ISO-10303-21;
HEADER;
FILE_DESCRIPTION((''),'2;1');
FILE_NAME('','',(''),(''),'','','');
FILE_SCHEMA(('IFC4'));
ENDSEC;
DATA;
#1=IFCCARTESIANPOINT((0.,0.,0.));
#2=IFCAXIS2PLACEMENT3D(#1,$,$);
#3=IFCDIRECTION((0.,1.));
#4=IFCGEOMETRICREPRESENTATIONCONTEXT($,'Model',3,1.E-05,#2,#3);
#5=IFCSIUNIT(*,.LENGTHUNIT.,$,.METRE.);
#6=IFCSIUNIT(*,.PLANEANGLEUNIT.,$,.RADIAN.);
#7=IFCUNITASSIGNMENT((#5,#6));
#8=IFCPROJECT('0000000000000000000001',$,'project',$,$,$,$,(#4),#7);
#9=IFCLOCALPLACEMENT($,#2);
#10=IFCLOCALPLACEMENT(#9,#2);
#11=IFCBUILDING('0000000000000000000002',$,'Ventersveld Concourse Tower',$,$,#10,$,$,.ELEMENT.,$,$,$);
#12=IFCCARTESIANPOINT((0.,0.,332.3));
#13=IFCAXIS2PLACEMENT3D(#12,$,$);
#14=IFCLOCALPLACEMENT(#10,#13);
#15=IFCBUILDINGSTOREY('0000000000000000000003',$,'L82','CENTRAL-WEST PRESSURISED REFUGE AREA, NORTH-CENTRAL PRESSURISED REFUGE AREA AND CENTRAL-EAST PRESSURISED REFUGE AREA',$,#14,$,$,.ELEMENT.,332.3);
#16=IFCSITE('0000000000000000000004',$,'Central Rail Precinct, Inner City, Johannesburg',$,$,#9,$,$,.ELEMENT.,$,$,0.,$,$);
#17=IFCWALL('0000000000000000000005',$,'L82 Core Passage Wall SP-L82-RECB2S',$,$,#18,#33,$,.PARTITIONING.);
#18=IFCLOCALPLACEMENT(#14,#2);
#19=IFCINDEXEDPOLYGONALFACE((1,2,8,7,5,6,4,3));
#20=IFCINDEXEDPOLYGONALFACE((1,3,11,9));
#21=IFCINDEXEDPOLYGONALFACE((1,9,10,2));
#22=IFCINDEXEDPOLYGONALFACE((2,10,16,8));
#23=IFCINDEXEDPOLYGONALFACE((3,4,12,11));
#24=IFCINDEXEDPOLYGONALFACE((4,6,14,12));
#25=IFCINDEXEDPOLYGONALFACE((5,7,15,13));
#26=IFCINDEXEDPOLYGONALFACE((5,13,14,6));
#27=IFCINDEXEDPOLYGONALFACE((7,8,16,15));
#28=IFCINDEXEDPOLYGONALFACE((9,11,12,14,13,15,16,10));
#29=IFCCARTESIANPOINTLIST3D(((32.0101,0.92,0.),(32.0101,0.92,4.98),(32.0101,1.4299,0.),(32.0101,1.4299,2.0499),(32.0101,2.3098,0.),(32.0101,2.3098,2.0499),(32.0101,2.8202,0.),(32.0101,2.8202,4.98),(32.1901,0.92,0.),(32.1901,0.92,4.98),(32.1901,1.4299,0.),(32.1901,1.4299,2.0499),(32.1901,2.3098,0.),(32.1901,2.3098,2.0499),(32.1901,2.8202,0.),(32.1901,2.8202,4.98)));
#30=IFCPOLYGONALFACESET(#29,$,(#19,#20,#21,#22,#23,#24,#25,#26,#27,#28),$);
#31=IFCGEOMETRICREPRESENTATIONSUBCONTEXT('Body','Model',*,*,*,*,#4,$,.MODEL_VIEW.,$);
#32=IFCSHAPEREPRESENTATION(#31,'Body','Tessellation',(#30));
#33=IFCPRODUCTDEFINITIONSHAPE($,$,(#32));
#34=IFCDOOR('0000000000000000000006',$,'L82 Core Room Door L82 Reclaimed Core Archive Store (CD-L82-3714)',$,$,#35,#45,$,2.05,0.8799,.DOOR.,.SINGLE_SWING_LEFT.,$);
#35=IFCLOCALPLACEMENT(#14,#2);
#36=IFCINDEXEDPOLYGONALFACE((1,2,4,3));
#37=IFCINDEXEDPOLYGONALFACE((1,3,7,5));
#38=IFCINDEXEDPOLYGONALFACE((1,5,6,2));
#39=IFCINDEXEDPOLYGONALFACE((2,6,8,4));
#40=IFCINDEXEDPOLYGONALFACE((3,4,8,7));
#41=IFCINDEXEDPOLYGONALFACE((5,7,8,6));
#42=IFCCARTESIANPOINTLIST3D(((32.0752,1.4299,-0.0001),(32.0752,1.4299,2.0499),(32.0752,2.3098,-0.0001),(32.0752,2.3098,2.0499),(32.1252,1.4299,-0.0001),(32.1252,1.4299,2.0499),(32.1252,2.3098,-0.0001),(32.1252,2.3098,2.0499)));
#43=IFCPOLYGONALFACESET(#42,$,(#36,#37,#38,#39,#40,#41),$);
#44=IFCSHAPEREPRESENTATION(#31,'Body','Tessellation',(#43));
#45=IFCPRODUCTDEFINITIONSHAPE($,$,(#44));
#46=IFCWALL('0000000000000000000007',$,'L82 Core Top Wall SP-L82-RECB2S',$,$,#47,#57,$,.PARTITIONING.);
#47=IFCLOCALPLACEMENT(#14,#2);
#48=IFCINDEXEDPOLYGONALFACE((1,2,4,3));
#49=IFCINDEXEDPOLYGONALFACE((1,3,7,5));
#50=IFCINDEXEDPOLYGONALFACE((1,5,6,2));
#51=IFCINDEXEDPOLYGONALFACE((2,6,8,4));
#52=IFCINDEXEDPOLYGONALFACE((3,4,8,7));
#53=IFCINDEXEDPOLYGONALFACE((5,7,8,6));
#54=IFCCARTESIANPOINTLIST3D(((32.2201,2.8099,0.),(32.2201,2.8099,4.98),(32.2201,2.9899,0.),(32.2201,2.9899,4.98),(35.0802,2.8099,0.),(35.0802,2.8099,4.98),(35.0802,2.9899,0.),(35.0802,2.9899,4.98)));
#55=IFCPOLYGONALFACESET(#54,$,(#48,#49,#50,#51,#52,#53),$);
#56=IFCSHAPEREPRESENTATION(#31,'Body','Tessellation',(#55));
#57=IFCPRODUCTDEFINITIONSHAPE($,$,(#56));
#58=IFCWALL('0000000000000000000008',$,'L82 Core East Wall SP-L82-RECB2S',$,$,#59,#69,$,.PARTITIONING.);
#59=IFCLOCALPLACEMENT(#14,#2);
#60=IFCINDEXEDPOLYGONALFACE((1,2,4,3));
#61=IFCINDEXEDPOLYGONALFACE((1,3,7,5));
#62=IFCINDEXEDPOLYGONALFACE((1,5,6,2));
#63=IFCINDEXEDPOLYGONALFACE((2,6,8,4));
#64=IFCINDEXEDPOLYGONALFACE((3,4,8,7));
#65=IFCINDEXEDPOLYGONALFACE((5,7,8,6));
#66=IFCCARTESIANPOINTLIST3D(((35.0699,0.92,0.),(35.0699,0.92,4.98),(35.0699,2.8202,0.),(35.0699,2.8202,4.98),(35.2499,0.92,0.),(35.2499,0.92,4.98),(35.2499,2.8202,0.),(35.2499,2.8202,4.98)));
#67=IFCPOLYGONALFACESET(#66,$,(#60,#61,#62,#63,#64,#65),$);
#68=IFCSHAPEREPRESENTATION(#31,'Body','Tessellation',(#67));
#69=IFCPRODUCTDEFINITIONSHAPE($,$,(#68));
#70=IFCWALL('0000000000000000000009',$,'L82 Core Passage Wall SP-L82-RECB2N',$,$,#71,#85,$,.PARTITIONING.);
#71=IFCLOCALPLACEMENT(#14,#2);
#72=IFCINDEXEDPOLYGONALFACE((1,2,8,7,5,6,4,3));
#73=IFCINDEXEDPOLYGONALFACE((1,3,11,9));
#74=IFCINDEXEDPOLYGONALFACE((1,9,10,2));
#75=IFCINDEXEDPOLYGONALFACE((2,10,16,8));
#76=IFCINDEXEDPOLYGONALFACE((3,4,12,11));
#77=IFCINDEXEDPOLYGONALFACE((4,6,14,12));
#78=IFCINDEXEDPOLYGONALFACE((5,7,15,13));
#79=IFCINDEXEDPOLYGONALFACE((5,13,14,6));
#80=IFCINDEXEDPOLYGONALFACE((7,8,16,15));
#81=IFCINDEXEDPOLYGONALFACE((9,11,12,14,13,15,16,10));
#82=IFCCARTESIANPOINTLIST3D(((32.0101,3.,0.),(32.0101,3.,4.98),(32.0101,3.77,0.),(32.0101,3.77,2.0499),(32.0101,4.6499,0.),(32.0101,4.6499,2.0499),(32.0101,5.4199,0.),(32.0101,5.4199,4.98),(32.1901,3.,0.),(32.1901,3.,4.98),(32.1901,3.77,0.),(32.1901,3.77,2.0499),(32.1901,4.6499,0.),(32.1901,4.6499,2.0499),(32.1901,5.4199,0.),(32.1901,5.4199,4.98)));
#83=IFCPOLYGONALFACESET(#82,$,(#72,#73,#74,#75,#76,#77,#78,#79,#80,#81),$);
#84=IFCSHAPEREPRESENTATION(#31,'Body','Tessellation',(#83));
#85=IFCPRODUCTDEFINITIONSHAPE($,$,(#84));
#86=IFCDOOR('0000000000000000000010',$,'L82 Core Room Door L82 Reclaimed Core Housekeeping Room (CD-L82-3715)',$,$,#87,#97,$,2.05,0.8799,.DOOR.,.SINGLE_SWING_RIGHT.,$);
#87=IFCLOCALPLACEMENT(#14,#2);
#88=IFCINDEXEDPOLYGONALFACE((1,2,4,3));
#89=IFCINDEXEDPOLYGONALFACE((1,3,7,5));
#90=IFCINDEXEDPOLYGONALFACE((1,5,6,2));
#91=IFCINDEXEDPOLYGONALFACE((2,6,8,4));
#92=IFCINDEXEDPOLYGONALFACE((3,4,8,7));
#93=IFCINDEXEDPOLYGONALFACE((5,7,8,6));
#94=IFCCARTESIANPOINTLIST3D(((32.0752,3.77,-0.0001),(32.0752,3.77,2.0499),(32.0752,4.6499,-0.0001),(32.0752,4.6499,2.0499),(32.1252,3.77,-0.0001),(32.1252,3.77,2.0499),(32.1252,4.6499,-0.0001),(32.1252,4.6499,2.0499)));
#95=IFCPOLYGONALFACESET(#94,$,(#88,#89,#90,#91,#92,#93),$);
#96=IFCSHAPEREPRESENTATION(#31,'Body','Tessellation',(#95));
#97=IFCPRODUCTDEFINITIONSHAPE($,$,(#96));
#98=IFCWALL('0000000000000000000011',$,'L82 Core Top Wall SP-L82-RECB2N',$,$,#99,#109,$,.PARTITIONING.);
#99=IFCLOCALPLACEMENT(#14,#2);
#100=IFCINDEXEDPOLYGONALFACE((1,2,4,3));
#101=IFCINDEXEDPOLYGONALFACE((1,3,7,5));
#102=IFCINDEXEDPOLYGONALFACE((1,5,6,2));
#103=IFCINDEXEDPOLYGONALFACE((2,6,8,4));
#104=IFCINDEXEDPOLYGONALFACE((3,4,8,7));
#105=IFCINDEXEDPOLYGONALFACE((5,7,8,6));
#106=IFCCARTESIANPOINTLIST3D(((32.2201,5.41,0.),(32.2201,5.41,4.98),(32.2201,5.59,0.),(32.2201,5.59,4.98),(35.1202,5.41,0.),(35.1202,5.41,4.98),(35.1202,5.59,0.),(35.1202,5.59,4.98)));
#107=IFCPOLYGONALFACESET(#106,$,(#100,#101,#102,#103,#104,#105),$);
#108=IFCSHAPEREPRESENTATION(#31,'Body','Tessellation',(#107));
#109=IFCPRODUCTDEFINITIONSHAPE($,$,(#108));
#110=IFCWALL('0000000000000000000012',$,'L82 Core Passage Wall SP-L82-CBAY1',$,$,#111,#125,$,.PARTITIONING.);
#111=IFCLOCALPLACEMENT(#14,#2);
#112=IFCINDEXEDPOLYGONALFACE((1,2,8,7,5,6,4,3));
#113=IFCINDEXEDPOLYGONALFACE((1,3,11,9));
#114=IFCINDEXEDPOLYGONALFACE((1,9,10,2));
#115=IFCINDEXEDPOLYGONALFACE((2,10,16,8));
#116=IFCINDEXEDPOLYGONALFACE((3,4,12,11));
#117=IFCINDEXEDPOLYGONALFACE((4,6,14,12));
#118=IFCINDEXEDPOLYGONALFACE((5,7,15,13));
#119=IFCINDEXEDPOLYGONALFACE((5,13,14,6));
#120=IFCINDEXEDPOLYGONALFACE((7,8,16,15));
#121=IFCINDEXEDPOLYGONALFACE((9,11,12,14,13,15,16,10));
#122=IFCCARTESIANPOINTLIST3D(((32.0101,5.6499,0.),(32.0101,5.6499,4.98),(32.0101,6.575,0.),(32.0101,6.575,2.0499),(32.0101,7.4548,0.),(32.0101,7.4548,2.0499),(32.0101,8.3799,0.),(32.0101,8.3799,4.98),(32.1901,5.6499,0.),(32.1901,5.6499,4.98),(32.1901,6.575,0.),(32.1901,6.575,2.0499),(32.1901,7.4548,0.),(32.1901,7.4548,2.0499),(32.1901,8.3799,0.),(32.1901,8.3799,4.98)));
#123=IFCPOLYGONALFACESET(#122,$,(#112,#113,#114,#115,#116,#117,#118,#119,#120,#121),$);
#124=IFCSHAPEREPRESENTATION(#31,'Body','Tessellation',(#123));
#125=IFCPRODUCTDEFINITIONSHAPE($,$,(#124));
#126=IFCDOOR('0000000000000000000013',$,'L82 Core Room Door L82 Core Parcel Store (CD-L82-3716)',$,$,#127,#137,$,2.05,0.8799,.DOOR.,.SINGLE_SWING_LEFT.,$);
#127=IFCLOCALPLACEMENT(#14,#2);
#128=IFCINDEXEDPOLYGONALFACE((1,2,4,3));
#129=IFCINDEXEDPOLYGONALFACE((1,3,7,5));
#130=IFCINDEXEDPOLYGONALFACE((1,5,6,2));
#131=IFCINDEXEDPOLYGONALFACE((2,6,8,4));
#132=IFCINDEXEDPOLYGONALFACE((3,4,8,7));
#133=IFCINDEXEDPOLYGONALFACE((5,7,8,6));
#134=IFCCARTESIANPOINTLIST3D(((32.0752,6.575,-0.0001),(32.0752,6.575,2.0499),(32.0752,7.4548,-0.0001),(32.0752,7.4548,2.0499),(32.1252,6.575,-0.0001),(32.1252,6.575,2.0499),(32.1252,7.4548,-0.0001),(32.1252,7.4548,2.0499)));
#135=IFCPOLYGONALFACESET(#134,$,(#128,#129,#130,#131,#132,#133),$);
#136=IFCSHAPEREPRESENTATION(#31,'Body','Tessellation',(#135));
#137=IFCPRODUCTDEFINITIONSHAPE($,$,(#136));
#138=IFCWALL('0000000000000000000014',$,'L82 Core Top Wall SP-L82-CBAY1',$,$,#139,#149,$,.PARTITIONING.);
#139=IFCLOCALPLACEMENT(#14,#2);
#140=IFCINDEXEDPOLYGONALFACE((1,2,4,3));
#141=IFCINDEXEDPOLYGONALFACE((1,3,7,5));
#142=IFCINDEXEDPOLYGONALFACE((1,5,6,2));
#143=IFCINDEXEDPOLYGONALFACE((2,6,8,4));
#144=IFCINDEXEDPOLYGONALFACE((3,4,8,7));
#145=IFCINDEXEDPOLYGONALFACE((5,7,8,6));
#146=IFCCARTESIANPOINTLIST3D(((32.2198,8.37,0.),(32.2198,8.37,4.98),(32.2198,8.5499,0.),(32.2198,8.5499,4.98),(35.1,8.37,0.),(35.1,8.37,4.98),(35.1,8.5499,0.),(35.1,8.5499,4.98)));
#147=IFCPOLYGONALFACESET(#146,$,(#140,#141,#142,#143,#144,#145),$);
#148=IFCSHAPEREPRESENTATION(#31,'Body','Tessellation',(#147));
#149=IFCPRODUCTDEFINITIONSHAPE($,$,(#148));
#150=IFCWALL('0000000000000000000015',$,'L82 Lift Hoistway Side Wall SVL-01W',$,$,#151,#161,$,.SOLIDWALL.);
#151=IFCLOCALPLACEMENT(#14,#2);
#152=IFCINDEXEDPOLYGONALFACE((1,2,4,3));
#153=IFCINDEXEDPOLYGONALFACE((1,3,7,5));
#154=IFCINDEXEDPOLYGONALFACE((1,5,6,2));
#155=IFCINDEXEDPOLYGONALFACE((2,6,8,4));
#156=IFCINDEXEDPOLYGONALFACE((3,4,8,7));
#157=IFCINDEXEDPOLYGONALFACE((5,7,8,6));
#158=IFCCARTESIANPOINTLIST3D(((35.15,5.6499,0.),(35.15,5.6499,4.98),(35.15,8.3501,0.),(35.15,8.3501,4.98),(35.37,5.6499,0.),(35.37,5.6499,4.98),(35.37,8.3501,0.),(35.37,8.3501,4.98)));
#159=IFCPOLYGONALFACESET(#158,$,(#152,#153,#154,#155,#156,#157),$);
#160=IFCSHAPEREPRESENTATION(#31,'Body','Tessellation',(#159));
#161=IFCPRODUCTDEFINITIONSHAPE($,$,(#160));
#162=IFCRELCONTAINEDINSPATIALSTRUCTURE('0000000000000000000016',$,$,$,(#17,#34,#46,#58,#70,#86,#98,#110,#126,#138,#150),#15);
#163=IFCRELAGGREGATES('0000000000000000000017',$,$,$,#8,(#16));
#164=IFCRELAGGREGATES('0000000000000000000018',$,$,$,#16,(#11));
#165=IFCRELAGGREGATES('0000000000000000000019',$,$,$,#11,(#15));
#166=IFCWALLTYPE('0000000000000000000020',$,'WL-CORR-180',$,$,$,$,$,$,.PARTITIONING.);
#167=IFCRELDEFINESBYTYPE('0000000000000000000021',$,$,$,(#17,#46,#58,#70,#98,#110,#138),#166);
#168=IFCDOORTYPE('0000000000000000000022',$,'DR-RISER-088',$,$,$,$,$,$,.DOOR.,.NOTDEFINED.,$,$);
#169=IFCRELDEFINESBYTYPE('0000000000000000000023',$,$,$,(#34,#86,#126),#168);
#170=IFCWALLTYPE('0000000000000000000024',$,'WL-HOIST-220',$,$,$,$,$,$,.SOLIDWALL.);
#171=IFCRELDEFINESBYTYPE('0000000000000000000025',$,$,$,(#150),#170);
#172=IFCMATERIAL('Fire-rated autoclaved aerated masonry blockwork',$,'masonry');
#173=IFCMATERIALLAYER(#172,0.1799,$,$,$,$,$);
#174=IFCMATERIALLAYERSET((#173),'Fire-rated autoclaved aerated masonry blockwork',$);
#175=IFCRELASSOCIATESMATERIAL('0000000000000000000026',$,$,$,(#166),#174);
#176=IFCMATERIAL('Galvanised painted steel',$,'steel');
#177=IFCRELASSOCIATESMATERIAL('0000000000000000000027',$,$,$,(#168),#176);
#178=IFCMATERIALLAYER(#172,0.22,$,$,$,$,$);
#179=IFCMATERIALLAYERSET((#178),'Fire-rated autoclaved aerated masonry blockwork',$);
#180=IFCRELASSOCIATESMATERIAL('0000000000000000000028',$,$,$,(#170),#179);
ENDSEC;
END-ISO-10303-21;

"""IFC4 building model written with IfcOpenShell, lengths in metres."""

from ifc_helpers import new_model, si_unit, direction, frame, frame_2d, origin, place, context, subcontext, project, spatial, rectangle, extrude, material, layer, layer_set, type_object, element, fill, save


model = new_model("IFC4")

# Units and contexts
model_context = context("Model", 3, precision=1e-05, world=origin(), true_north=direction((0.0, 1.0)))
body_context = subcontext(model_context, "Body", "Model", "MODEL_VIEW")
ifc_project = project(units=[si_unit("LENGTHUNIT", "METRE"), si_unit("PLANEANGLEUNIT", "RADIAN")], contexts=[model_context])

# Site, building, storey
site_placement = place(None, origin())
site = spatial("IfcSite", under=ifc_project, at=site_placement, Name="Central Rail Precinct, Inner City, Johannesburg", CompositionType="ELEMENT", RefElevation=0.0)
building_placement = place(site_placement, origin())
building = spatial("IfcBuilding", under=site, at=building_placement, Name="Ventersveld Concourse Tower", CompositionType="ELEMENT")
storey_placement = place(building_placement, frame((0.0, 0.0, 332.3)))
storey = spatial("IfcBuildingStorey", under=building, at=storey_placement, Name="L82", Description="CENTRAL-WEST PRESSURISED REFUGE AREA, NORTH-CENTRAL PRESSURISED REFUGE AREA AND CENTRAL-EAST PRESSURISED REFUGE AREA", CompositionType="ELEMENT", Elevation=332.3)

# Wall, opening, door
ifc_material_1 = material(Name="Fire-rated autoclaved aerated masonry blockwork", Category="masonry")
ifc_layer_1 = layer(ifc_material_1, 0.1799)
ifc_layer_set_1 = layer_set([ifc_layer_1], Name="Fire-rated autoclaved aerated masonry blockwork")
wall_type_1 = type_object("IfcWallType", Name="WL-CORR-180", PredefinedType="PARTITIONING", material=ifc_layer_set_1)
wall_1_placement = place(storey_placement, frame((32.1001, 0.9199, 0.0), z_axis=(0.0, 0.0, 1.0), x_axis=(0.0, 1.0, 0.0)))
wall_1 = element("IfcWall", 1, at=wall_1_placement, inside=storey, type_object=wall_type_1, Name="L82 Core Passage Wall SP-L82-RECB2S", PredefinedType="PARTITIONING", context=body_context, shape_type="SweptSolid", body=[
    extrude(rectangle(XDim=1.9001, YDim=0.1799, at=frame_2d((0.9502, 0.0))), origin(), (0.0, 0.0, 1.0), 4.98),
])
opening_1_placement = place(wall_1_placement, frame((0.51, 0.0, 0.0)))
opening_1 = element("IfcOpeningElement", 2, at=opening_1_placement, cuts=wall_1, PredefinedType="OPENING", context=body_context, shape_type="SweptSolid", body=[
    extrude(rectangle(XDim=0.8799, YDim=2.05, at=frame_2d((0.4399, 1.0249))), frame((0.0, 0.1001, 0.0), z_axis=(0.0, -1.0, 0.0), x_axis=(1.0, 0.0, 0.0)), (0.0, 0.0, 1.0), 0.2),
])
ifc_material_2 = material(Name="Galvanised painted steel", Category="steel")
door_type = type_object("IfcDoorType", Name="DR-RISER-088", OperationType="NOTDEFINED", PredefinedType="DOOR", material=ifc_material_2)
door_1_placement = place(opening_1_placement, origin())
door_1 = element("IfcDoor", 3, at=door_1_placement, inside=storey, type_object=door_type, Name="L82 Core Room Door L82 Reclaimed Core Archive Store (CD-L82-3714)", OperationType="SINGLE_SWING_LEFT", OverallHeight=2.05, OverallWidth=0.8799, PredefinedType="DOOR", context=body_context, shape_type="SweptSolid", body=[
    extrude(rectangle(XDim=0.8799, YDim=2.05, at=frame_2d((0.4399, 1.0249))), frame((0.0, 0.0249, 0.0), z_axis=(0.0, -1.0, 0.0), x_axis=(1.0, 0.0, 0.0)), (0.0, 0.0, 1.0), 0.05),
])
fill(opening_1, door_1)

# Walls
wall_2_placement = place(storey_placement, frame((32.22, 2.8999, 0.0), z_axis=(0.0, 0.0, 1.0), x_axis=(1.0, 0.0, 0.0)))
element("IfcWall", 4, at=wall_2_placement, inside=storey, type_object=wall_type_1, Name="L82 Core Top Wall SP-L82-RECB2S", PredefinedType="PARTITIONING", context=body_context, shape_type="SweptSolid", body=[
    extrude(rectangle(XDim=2.8601, YDim=0.1799, at=frame_2d((1.4302, 0.0))), origin(), (0.0, 0.0, 1.0), 4.98),
])
wall_3_placement = place(storey_placement, frame((35.1599, 0.9199, 0.0), z_axis=(0.0, 0.0, 1.0), x_axis=(0.0, 1.0, 0.0)))
element("IfcWall", 5, at=wall_3_placement, inside=storey, type_object=wall_type_1, Name="L82 Core East Wall SP-L82-RECB2S", PredefinedType="PARTITIONING", context=body_context, shape_type="SweptSolid", body=[
    extrude(rectangle(XDim=1.9001, YDim=0.1799, at=frame_2d((0.9502, 0.0))), origin(), (0.0, 0.0, 1.0), 4.98),
])

# Wall, opening, door
wall_4_placement = place(storey_placement, frame((32.1001, 3.0, 0.0), z_axis=(0.0, 0.0, 1.0), x_axis=(0.0, 1.0, 0.0)))
wall_4 = element("IfcWall", 6, at=wall_4_placement, inside=storey, type_object=wall_type_1, Name="L82 Core Passage Wall SP-L82-RECB2N", PredefinedType="PARTITIONING", context=body_context, shape_type="SweptSolid", body=[
    extrude(rectangle(XDim=2.4199, YDim=0.1799, at=frame_2d((1.21, 0.0))), origin(), (0.0, 0.0, 1.0), 4.98),
])
opening_2_placement = place(wall_4_placement, frame((0.77, 0.0, 0.0)))
opening_2 = element("IfcOpeningElement", 7, at=opening_2_placement, cuts=wall_4, PredefinedType="OPENING", context=body_context, shape_type="SweptSolid", body=[
    extrude(rectangle(XDim=0.8799, YDim=2.05, at=frame_2d((0.4399, 1.0249))), frame((0.0, 0.1001, 0.0), z_axis=(0.0, -1.0, 0.0), x_axis=(1.0, 0.0, 0.0)), (0.0, 0.0, 1.0), 0.2),
])
door_2_placement = place(opening_2_placement, origin())
door_2 = element("IfcDoor", 8, at=door_2_placement, inside=storey, type_object=door_type, Name="L82 Core Room Door L82 Reclaimed Core Housekeeping Room (CD-L82-3715)", OperationType="SINGLE_SWING_RIGHT", OverallHeight=2.05, OverallWidth=0.8799, PredefinedType="DOOR", context=body_context, shape_type="SweptSolid", body=[
    extrude(rectangle(XDim=0.8799, YDim=2.05, at=frame_2d((0.4399, 1.0249))), frame((0.0, 0.0249, 0.0), z_axis=(0.0, -1.0, 0.0), x_axis=(1.0, 0.0, 0.0)), (0.0, 0.0, 1.0), 0.05),
])
fill(opening_2, door_2)

# Wall
wall_5_placement = place(storey_placement, frame((32.22, 5.5, 0.0), z_axis=(0.0, 0.0, 1.0), x_axis=(1.0, 0.0, 0.0)))
element("IfcWall", 9, at=wall_5_placement, inside=storey, type_object=wall_type_1, Name="L82 Core Top Wall SP-L82-RECB2N", PredefinedType="PARTITIONING", context=body_context, shape_type="SweptSolid", body=[
    extrude(rectangle(XDim=2.9001, YDim=0.1799, at=frame_2d((1.4502, 0.0))), origin(), (0.0, 0.0, 1.0), 4.98),
])

# Wall, opening, door
wall_6_placement = place(storey_placement, frame((32.1001, 5.6499, 0.0), z_axis=(0.0, 0.0, 1.0), x_axis=(0.0, 1.0, 0.0)))
wall_6 = element("IfcWall", 10, at=wall_6_placement, inside=storey, type_object=wall_type_1, Name="L82 Core Passage Wall SP-L82-CBAY1", PredefinedType="PARTITIONING", context=body_context, shape_type="SweptSolid", body=[
    extrude(rectangle(XDim=2.73, YDim=0.1799, at=frame_2d((1.365, 0.0))), origin(), (0.0, 0.0, 1.0), 4.98),
])
opening_3_placement = place(wall_6_placement, frame((0.925, 0.0, 0.0)))
opening_3 = element("IfcOpeningElement", 11, at=opening_3_placement, cuts=wall_6, PredefinedType="OPENING", context=body_context, shape_type="SweptSolid", body=[
    extrude(rectangle(XDim=0.8799, YDim=2.05, at=frame_2d((0.4399, 1.0249))), frame((0.0, 0.1001, 0.0), z_axis=(0.0, -1.0, 0.0), x_axis=(1.0, 0.0, 0.0)), (0.0, 0.0, 1.0), 0.2),
])
door_3_placement = place(opening_3_placement, origin())
door_3 = element("IfcDoor", 12, at=door_3_placement, inside=storey, type_object=door_type, Name="L82 Core Room Door L82 Core Parcel Store (CD-L82-3716)", OperationType="SINGLE_SWING_LEFT", OverallHeight=2.05, OverallWidth=0.8799, PredefinedType="DOOR", context=body_context, shape_type="SweptSolid", body=[
    extrude(rectangle(XDim=0.8799, YDim=2.05, at=frame_2d((0.4399, 1.0249))), frame((0.0, 0.0249, 0.0), z_axis=(0.0, -1.0, 0.0), x_axis=(1.0, 0.0, 0.0)), (0.0, 0.0, 1.0), 0.05),
])
fill(opening_3, door_3)

# Walls
wall_7_placement = place(storey_placement, frame((32.22, 8.46, 0.0), z_axis=(0.0, 0.0, 1.0), x_axis=(1.0, 0.0, 0.0)))
element("IfcWall", 13, at=wall_7_placement, inside=storey, type_object=wall_type_1, Name="L82 Core Top Wall SP-L82-CBAY1", PredefinedType="PARTITIONING", context=body_context, shape_type="SweptSolid", body=[
    extrude(rectangle(XDim=2.8801, YDim=0.1799, at=frame_2d((1.4399, 0.0))), origin(), (0.0, 0.0, 1.0), 4.98),
])
ifc_layer_2 = layer(ifc_material_1, 0.22)
ifc_layer_set_2 = layer_set([ifc_layer_2], Name="Fire-rated autoclaved aerated masonry blockwork")
wall_type_2 = type_object("IfcWallType", Name="WL-HOIST-220", PredefinedType="SOLIDWALL", material=ifc_layer_set_2)
wall_8_placement = place(storey_placement, frame((35.26, 5.6499, 0.0), z_axis=(0.0, 0.0, 1.0), x_axis=(0.0, 1.0, 0.0)))
element("IfcWall", 14, at=wall_8_placement, inside=storey, type_object=wall_type_2, Name="L82 Lift Hoistway Side Wall SVL-01W", PredefinedType="SOLIDWALL", context=body_context, shape_type="SweptSolid", body=[
    extrude(rectangle(XDim=2.7002, YDim=0.22, at=frame_2d((1.3501, 0.0))), origin(), (0.0, 0.0, 1.0), 4.98),
])

save(model, "model.ifc")
